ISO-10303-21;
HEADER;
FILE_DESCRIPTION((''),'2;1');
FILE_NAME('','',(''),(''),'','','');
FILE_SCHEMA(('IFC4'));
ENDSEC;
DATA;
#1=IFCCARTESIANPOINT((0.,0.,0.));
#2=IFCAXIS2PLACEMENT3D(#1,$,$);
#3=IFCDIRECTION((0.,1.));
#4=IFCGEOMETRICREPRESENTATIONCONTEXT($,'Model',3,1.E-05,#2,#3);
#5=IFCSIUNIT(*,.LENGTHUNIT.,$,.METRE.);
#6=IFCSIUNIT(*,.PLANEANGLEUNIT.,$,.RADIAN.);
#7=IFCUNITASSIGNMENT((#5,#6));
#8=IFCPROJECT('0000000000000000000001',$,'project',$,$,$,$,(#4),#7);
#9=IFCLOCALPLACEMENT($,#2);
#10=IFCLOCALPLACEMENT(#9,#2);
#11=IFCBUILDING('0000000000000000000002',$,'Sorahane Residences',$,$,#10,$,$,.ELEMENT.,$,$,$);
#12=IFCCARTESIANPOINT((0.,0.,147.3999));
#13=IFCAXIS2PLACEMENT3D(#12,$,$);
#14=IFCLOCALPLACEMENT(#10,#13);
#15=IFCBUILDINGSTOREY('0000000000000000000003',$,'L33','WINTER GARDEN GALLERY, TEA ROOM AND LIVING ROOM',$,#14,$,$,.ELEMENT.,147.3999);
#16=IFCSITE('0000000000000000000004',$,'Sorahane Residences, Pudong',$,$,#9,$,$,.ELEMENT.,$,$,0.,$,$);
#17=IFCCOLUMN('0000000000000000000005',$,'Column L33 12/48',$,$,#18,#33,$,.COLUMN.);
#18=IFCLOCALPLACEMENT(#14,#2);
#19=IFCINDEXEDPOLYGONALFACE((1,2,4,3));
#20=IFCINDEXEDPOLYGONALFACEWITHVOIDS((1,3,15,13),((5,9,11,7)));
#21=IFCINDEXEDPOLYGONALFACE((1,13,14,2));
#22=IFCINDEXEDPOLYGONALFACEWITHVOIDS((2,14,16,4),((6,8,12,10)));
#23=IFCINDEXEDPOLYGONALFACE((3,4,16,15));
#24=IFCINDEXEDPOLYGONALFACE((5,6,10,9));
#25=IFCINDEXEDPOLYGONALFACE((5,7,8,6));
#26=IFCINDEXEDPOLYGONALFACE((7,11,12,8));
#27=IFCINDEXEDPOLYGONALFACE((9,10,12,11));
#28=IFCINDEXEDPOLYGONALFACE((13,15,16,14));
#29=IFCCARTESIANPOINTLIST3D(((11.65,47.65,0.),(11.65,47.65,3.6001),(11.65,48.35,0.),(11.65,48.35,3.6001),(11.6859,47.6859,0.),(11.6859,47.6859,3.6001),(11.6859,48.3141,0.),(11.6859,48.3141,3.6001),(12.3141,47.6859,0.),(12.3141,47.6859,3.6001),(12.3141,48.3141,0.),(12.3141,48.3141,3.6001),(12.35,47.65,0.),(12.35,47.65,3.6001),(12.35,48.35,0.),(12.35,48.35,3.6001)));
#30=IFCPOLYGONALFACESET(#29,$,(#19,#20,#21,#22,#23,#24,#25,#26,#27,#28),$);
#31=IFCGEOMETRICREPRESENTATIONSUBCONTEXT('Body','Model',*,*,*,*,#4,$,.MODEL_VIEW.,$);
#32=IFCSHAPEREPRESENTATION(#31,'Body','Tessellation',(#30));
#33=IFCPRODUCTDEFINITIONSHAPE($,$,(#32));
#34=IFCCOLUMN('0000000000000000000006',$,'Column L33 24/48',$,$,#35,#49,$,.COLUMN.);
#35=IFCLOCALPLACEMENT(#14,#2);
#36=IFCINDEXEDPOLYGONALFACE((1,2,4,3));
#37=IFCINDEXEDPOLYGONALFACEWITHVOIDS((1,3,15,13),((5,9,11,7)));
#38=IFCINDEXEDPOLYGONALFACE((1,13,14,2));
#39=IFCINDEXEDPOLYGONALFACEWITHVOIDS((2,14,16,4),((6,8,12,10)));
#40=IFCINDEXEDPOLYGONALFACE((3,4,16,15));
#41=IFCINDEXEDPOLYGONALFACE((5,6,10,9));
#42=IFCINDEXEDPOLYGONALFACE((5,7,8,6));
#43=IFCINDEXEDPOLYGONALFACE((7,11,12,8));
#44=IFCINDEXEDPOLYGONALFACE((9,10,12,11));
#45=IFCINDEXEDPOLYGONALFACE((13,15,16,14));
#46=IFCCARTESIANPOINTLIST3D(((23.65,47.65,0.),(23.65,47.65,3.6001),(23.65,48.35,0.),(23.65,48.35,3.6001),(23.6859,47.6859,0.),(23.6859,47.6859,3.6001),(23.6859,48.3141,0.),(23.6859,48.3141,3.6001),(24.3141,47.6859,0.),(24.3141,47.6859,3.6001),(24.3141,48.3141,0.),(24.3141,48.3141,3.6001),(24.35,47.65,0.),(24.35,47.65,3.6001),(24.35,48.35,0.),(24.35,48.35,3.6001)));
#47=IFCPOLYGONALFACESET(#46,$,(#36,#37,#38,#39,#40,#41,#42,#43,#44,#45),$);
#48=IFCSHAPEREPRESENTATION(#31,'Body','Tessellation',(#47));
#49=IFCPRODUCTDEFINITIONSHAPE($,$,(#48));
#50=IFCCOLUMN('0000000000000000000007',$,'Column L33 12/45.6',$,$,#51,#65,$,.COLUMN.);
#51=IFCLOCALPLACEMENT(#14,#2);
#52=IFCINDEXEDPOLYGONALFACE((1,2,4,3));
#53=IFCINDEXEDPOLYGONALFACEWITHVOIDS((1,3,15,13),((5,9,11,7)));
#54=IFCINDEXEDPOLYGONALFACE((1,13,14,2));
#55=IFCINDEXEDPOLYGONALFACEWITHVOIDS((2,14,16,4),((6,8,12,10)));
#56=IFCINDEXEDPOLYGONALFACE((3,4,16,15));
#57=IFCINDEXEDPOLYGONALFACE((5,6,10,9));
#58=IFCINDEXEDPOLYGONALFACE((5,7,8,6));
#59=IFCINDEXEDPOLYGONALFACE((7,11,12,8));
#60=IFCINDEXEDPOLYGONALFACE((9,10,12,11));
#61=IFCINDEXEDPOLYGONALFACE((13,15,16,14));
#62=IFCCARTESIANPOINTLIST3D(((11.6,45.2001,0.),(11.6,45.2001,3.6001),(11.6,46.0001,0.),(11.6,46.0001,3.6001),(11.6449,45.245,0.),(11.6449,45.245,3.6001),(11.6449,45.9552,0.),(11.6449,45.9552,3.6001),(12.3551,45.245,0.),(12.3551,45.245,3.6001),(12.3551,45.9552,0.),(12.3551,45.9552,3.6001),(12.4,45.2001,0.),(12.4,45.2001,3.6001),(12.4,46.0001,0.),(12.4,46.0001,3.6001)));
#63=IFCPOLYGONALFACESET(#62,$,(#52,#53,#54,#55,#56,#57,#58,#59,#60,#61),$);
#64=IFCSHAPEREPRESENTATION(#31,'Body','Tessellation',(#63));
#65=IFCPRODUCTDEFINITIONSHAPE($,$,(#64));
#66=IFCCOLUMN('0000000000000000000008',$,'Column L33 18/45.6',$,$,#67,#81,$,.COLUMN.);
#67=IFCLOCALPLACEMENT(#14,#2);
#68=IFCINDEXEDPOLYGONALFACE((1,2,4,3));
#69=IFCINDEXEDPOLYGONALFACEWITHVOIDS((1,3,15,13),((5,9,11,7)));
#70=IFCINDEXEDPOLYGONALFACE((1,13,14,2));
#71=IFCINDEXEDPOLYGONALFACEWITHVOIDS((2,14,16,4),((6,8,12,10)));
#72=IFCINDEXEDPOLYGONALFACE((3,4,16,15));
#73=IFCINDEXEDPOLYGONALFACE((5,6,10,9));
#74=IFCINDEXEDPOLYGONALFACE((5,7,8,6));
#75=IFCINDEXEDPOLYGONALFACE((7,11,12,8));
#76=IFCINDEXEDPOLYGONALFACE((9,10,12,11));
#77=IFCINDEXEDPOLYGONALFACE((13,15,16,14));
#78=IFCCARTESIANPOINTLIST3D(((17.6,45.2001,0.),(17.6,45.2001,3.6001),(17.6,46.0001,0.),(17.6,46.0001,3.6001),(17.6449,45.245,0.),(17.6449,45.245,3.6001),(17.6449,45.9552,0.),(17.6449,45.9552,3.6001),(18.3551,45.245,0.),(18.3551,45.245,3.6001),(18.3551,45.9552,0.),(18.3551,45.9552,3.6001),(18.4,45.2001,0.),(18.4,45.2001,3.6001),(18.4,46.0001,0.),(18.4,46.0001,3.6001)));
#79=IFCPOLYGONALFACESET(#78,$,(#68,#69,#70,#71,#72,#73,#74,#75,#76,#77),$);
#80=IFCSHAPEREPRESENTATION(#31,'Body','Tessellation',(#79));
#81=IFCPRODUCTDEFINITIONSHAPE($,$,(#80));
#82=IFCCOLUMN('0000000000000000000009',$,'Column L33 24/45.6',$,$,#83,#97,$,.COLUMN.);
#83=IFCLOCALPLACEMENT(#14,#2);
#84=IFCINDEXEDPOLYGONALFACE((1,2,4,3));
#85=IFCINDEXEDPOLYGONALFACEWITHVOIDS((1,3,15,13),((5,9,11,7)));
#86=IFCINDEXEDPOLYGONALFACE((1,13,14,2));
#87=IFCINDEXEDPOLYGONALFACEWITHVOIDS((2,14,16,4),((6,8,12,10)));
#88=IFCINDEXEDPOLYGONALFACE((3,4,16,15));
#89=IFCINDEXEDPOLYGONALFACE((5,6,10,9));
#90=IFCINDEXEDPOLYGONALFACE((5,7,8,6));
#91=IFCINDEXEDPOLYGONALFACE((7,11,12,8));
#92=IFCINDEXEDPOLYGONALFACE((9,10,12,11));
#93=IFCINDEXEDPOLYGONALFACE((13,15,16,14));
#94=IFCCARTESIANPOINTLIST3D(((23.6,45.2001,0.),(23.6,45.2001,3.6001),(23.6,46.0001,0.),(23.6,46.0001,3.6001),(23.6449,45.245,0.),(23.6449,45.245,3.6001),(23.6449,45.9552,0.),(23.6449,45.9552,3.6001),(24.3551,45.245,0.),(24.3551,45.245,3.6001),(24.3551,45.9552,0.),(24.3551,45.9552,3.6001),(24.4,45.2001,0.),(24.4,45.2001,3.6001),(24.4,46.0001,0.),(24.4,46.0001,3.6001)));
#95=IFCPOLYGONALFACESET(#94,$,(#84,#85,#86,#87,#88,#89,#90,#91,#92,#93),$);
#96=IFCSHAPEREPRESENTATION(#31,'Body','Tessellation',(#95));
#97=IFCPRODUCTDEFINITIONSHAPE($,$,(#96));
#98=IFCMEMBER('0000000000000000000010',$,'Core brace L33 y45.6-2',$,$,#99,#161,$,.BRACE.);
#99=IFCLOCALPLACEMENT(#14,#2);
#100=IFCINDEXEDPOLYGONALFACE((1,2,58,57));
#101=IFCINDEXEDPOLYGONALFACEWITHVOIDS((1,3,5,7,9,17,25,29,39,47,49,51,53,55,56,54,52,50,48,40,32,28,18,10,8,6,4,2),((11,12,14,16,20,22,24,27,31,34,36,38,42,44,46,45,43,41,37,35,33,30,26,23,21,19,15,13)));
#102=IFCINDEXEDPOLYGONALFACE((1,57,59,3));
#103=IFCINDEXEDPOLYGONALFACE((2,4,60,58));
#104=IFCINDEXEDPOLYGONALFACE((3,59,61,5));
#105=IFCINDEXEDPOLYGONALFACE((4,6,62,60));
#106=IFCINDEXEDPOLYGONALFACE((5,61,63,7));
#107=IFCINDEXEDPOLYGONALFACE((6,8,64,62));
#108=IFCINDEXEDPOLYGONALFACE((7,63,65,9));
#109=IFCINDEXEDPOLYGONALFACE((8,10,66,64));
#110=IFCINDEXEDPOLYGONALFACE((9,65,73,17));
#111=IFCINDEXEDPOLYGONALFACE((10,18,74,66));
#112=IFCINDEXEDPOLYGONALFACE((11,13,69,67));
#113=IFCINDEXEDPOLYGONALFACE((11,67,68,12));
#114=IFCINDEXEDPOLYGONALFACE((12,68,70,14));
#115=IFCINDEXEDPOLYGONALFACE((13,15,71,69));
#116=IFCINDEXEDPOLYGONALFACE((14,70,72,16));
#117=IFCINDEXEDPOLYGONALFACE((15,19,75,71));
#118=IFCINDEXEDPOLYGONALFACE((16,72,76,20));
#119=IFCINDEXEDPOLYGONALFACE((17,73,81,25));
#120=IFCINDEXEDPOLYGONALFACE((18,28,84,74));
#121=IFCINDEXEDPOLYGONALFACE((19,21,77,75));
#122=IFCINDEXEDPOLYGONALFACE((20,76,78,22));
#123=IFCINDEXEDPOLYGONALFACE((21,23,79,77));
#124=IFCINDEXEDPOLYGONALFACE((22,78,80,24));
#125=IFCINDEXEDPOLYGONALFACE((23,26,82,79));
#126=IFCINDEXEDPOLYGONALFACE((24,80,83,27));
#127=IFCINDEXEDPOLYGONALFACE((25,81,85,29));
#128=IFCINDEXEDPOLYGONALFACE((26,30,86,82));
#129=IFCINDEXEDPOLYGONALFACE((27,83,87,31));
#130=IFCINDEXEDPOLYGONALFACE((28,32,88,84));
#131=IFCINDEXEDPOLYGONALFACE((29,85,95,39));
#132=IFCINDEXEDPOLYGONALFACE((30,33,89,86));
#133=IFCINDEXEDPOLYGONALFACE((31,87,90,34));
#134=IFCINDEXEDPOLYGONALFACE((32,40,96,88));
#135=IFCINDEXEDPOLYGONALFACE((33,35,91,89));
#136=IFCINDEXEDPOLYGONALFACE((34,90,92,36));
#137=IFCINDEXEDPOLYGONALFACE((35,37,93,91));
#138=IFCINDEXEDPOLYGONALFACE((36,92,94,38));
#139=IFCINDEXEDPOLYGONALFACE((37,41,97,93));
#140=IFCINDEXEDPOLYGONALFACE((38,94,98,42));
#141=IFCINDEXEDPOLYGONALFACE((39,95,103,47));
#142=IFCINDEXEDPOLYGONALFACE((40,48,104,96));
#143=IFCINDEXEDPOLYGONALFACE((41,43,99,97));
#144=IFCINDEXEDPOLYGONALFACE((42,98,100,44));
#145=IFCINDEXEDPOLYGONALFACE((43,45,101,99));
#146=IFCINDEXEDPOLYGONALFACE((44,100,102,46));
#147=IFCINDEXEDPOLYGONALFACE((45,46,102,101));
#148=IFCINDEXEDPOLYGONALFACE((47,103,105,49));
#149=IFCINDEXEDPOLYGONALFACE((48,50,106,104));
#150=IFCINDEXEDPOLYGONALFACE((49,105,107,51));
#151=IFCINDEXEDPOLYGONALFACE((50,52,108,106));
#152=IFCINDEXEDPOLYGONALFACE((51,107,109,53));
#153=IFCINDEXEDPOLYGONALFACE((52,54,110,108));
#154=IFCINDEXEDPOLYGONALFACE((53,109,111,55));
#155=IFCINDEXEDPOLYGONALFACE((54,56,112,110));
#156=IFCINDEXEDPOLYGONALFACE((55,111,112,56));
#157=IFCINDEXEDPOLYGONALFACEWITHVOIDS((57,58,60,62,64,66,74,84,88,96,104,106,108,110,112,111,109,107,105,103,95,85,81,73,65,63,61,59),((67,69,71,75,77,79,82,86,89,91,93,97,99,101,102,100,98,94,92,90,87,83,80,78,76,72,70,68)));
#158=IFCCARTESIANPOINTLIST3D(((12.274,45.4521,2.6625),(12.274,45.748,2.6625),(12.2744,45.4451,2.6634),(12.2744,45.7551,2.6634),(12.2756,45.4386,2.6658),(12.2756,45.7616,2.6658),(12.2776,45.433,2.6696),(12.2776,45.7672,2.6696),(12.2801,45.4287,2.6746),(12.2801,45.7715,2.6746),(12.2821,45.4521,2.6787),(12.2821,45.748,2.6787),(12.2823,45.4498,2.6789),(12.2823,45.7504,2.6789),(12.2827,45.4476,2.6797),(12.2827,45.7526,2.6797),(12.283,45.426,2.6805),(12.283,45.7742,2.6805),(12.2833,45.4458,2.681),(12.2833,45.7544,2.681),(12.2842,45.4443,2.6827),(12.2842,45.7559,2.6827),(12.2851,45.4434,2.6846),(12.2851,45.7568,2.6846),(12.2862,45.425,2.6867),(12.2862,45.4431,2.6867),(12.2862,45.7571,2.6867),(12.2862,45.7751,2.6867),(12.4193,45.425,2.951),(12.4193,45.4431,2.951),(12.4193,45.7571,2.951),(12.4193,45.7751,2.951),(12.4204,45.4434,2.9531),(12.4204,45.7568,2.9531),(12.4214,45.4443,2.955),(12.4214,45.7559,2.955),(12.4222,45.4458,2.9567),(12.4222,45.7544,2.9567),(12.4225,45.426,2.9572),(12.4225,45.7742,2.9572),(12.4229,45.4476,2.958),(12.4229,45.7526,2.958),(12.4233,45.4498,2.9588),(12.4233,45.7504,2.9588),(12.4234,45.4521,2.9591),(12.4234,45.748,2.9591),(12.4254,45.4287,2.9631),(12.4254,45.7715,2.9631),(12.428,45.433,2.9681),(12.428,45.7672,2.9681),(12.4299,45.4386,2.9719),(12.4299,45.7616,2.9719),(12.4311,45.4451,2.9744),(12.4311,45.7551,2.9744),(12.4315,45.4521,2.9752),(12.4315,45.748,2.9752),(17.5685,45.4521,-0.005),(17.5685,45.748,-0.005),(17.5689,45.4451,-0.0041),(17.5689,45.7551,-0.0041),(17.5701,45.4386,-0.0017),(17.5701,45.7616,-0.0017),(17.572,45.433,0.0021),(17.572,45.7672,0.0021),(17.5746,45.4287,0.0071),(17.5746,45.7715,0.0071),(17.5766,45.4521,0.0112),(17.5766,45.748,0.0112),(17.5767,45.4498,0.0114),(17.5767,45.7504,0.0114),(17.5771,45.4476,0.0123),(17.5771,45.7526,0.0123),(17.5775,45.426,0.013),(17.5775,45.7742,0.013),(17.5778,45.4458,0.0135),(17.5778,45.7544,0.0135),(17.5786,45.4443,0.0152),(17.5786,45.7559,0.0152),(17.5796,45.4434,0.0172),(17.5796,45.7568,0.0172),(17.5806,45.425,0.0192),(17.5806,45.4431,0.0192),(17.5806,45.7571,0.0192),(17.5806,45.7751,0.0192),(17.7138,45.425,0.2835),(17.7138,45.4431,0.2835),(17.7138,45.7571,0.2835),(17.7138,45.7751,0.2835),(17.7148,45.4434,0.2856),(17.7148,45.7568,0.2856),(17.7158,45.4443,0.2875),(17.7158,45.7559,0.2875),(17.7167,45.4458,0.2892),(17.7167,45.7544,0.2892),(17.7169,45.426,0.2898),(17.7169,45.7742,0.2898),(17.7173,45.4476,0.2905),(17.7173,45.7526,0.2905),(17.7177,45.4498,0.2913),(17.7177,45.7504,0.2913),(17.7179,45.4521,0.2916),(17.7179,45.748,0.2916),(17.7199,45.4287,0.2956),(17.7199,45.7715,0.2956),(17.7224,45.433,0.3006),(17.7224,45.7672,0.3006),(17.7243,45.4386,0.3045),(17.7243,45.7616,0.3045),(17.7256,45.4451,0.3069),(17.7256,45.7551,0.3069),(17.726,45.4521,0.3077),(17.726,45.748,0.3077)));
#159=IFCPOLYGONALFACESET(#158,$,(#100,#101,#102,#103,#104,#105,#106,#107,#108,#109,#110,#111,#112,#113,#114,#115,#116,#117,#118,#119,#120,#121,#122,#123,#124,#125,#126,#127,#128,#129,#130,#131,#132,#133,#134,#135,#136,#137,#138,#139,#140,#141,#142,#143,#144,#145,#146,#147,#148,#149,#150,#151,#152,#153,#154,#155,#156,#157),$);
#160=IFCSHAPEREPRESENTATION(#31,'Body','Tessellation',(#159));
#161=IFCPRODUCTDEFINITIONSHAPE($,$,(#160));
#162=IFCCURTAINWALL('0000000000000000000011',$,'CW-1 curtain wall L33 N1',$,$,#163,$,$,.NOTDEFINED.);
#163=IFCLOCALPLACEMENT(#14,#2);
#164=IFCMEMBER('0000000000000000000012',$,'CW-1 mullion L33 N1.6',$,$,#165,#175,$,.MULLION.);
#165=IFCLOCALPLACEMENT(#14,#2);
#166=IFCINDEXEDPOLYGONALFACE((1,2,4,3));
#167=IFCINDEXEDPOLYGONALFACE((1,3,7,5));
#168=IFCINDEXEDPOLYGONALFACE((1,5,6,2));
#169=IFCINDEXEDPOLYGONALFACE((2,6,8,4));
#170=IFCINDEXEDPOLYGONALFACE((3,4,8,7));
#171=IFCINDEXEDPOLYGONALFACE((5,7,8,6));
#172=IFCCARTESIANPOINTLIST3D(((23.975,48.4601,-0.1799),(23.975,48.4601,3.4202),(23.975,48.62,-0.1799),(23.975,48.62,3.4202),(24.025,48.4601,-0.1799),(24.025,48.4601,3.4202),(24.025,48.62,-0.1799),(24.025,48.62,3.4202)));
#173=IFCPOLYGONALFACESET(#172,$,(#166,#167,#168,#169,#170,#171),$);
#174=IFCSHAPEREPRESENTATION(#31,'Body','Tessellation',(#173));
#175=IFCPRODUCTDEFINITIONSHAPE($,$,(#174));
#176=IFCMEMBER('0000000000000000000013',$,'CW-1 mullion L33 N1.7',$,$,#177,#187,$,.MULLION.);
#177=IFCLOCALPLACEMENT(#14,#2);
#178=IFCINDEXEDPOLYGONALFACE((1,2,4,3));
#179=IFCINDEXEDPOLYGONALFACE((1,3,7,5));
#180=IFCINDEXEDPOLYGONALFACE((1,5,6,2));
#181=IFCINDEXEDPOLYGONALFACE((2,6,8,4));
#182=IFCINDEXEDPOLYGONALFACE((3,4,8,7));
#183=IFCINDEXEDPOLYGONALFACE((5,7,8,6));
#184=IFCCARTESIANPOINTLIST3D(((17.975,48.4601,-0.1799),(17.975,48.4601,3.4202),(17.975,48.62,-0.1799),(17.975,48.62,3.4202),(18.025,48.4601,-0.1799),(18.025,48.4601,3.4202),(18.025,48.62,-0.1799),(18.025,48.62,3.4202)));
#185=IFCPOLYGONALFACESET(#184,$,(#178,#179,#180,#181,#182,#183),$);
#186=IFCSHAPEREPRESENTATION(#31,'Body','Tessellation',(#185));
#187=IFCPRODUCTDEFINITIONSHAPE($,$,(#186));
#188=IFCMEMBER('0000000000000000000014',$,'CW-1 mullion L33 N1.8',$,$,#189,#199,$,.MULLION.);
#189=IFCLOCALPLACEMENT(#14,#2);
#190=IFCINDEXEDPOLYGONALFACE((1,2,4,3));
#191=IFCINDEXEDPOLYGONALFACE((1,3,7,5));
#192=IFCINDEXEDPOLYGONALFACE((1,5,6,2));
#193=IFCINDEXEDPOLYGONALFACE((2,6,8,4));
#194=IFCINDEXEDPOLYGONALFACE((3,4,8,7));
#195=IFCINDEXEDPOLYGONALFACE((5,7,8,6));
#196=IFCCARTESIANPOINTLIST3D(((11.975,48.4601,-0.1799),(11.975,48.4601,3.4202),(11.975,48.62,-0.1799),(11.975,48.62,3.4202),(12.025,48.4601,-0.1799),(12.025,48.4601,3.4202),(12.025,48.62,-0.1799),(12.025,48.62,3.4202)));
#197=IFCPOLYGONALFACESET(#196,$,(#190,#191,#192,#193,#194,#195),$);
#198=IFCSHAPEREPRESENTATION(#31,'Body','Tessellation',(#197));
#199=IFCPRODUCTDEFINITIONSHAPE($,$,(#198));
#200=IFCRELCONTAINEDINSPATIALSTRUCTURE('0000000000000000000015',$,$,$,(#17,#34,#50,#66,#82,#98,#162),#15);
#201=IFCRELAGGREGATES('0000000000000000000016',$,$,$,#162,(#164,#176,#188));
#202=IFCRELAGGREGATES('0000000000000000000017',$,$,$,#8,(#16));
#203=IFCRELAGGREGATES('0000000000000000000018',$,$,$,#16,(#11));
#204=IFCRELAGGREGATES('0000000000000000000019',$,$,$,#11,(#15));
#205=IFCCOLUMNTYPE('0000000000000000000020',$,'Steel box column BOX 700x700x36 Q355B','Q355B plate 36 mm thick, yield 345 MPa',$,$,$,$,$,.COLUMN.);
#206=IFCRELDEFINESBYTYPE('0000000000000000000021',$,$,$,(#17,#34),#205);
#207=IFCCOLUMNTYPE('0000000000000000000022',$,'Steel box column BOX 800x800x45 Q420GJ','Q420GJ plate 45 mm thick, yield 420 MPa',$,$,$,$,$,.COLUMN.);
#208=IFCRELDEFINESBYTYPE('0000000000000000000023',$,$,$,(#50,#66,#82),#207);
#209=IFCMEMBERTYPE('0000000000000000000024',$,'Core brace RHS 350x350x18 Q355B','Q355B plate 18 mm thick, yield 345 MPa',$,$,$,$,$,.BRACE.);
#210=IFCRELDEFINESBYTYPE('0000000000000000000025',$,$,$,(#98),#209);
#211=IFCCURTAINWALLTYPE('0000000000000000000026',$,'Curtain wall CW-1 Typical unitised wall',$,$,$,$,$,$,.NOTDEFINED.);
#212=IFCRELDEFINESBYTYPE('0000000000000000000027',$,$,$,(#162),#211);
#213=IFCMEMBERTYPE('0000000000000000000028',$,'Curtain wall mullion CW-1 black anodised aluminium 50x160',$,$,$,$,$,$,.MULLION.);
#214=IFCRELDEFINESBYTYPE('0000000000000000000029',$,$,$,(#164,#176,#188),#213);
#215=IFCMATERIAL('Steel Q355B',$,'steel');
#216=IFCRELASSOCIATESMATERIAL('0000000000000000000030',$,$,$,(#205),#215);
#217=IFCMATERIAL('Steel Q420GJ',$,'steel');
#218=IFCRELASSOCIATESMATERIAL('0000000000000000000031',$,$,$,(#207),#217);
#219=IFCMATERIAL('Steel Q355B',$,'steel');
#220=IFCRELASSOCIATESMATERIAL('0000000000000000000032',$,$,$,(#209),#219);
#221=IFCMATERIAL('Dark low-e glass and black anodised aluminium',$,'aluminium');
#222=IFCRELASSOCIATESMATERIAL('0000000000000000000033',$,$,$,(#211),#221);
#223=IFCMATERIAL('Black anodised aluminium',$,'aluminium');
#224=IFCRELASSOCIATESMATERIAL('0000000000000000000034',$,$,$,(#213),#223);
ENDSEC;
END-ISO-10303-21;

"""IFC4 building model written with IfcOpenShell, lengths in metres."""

from ifc_helpers import new_model, si_unit, direction, frame, origin, origin_2d, place, context, subcontext, project, spatial, rectangle, hollow_rectangle, extrude, material, material_profile, profile_set, type_object, element, aggregate, save


model = new_model("IFC4")

# Units and contexts
model_context = context("Model", 3, precision=1e-05, world=origin(), true_north=direction((0.0, 1.0)))
body_context = subcontext(model_context, "Body", "Model", "MODEL_VIEW")
ifc_project = project(units=[si_unit("LENGTHUNIT", "METRE"), si_unit("PLANEANGLEUNIT", "RADIAN")], contexts=[model_context])

# Site, building, storey
site_placement = place(None, origin())
site = spatial("IfcSite", under=ifc_project, at=site_placement, Name="Sorahane Residences, Pudong", CompositionType="ELEMENT", RefElevation=0.0)
building_placement = place(site_placement, origin())
building = spatial("IfcBuilding", under=site, at=building_placement, Name="Sorahane Residences", CompositionType="ELEMENT")
storey_placement = place(building_placement, frame((0.0, 0.0, 147.3999)))
storey = spatial("IfcBuildingStorey", under=building, at=storey_placement, Name="L33", Description="WINTER GARDEN GALLERY, TEA ROOM AND LIVING ROOM", CompositionType="ELEMENT", Elevation=147.3999)

# Columns
ifc_material_1 = material(Name="Steel Q355B", Category="steel")
ifc_material_profile_1 = material_profile(ifc_material_1, hollow_rectangle(XDim=0.7, YDim=0.7, WallThickness=0.0359, at=origin_2d()), Name="BOX 700x700x36")
ifc_profile_set_1 = profile_set([ifc_material_profile_1], Name="Steel Q355B")
column_type_1 = type_object("IfcColumnType", Name="Steel box column BOX 700x700x36 Q355B", Description="Q355B plate 36 mm thick, yield 345 MPa", PredefinedType="COLUMN", material=ifc_profile_set_1)
for number, where, z_axis, x_axis, name in (
    (1, (12.0, 48.0, 0.0), (0.0, 0.0, 1.0), (1.0, 0.0, 0.0), "Column L33 12/48"),
    (2, (24.0, 48.0, 0.0), (0.0, 0.0, 1.0), (1.0, 0.0, 0.0), "Column L33 24/48"),
):
    element("IfcColumn", number, at=place(storey_placement, frame(where, z_axis=z_axis, x_axis=x_axis)), inside=storey, type_object=column_type_1, Name=name, PredefinedType="COLUMN", context=body_context, shape_type="SweptSolid", body=[
        extrude(hollow_rectangle(XDim=0.7, YDim=0.7, WallThickness=0.0359, at=origin_2d()), origin(), (0.0, 0.0, 1.0), 3.6001),
    ])
ifc_material_2 = material(Name="Steel Q420GJ", Category="steel")
ifc_material_profile_2 = material_profile(ifc_material_2, hollow_rectangle(XDim=0.8, YDim=0.8, WallThickness=0.0449, at=origin_2d()), Name="BOX 800x800x45")
ifc_profile_set_2 = profile_set([ifc_material_profile_2], Name="Steel Q420GJ")
column_type_2 = type_object("IfcColumnType", Name="Steel box column BOX 800x800x45 Q420GJ", Description="Q420GJ plate 45 mm thick, yield 420 MPa", PredefinedType="COLUMN", material=ifc_profile_set_2)
for number, where, z_axis, x_axis, name in (
    (3, (12.0, 45.6001, 0.0), (0.0, 0.0, 1.0), (1.0, 0.0, 0.0), "Column L33 12/45.6"),
    (4, (18.0, 45.6001, 0.0), (0.0, 0.0, 1.0), (1.0, 0.0, 0.0), "Column L33 18/45.6"),
    (5, (24.0, 45.6001, 0.0), (0.0, 0.0, 1.0), (1.0, 0.0, 0.0), "Column L33 24/45.6"),
):
    element("IfcColumn", number, at=place(storey_placement, frame(where, z_axis=z_axis, x_axis=x_axis)), inside=storey, type_object=column_type_2, Name=name, PredefinedType="COLUMN", context=body_context, shape_type="SweptSolid", body=[
        extrude(hollow_rectangle(XDim=0.8, YDim=0.8, WallThickness=0.0449, at=origin_2d()), origin(), (0.0, 0.0, 1.0), 3.6001),
    ])

# Member
ifc_material_3 = material(Name="Steel Q355B", Category="steel")
ifc_material_profile_3 = material_profile(ifc_material_3, hollow_rectangle(XDim=0.3501, YDim=0.3501, WallThickness=0.0181, InnerFilletRadius=0.009, OuterFilletRadius=0.0271, at=origin_2d()), Name="RHS 350x350x18")
ifc_profile_set_3 = profile_set([ifc_material_profile_3], Name="Steel Q355B")
member_type_1 = type_object("IfcMemberType", Name="Core brace RHS 350x350x18 Q355B", Description="Q355B plate 18 mm thick, yield 345 MPa", PredefinedType="BRACE", material=ifc_profile_set_3)
member_1_placement = place(storey_placement, frame((17.6472, 45.6001, 0.1514), z_axis=(-0.893056, 0.0, 0.449946), x_axis=(0.0, -1.0, 0.0)))
element("IfcMember", 6, at=member_1_placement, inside=storey, type_object=member_type_1, Name="Core brace L33 y45.6-2", PredefinedType="BRACE", context=body_context, shape_type="SweptSolid", body=[
    extrude(hollow_rectangle(XDim=0.3501, YDim=0.3501, WallThickness=0.0181, InnerFilletRadius=0.009, OuterFilletRadius=0.0271, at=origin_2d()), origin(), (0.0, 0.0, 1.0), 5.9285),
])

# Curtain wall, members
ifc_material_4 = material(Name="Dark low-e glass and black anodised aluminium", Category="aluminium")
curtain_wall_type = type_object("IfcCurtainWallType", Name="Curtain wall CW-1 Typical unitised wall", PredefinedType="NOTDEFINED", material=ifc_material_4)
curtain_wall_placement = place(storey_placement, origin())
curtain_wall = element("IfcCurtainWall", 7, at=curtain_wall_placement, inside=storey, type_object=curtain_wall_type, Name="CW-1 curtain wall L33 N1", PredefinedType="NOTDEFINED")
ifc_material_5 = material(Name="Black anodised aluminium", Category="aluminium")
ifc_material_profile_4 = material_profile(ifc_material_5, rectangle(XDim=0.1599, YDim=0.05, at=origin_2d()), Name="Curtain wall mullion CW-1 black anodised aluminium 50x160")
ifc_profile_set_4 = profile_set([ifc_material_profile_4], Name="Black anodised aluminium")
member_type_2 = type_object("IfcMemberType", Name="Curtain wall mullion CW-1 black anodised aluminium 50x160", PredefinedType="MULLION", material=ifc_profile_set_4)
member_2_placement = place(storey_placement, frame((24.0, 48.54, -0.1799), z_axis=(0.0, 0.0, 1.0), x_axis=(0.0, 1.0, 0.0)))
member_2 = element("IfcMember", 8, at=member_2_placement, type_object=member_type_2, Name="CW-1 mullion L33 N1.6", PredefinedType="MULLION", context=body_context, shape_type="SweptSolid", body=[
    extrude(rectangle(XDim=0.1599, YDim=0.05, at=origin_2d()), origin(), (0.0, 0.0, 1.0), 3.6001),
])
member_3_placement = place(storey_placement, frame((18.0, 48.54, -0.1799), z_axis=(0.0, 0.0, 1.0), x_axis=(0.0, 1.0, 0.0)))
member_3 = element("IfcMember", 9, at=member_3_placement, type_object=member_type_2, Name="CW-1 mullion L33 N1.7", PredefinedType="MULLION", context=body_context, shape_type="SweptSolid", body=[
    extrude(rectangle(XDim=0.1599, YDim=0.05, at=origin_2d()), origin(), (0.0, 0.0, 1.0), 3.6001),
])
member_4_placement = place(storey_placement, frame((12.0, 48.54, -0.1799), z_axis=(0.0, 0.0, 1.0), x_axis=(0.0, 1.0, 0.0)))
member_4 = element("IfcMember", 10, at=member_4_placement, type_object=member_type_2, Name="CW-1 mullion L33 N1.8", PredefinedType="MULLION", context=body_context, shape_type="SweptSolid", body=[
    extrude(rectangle(XDim=0.1599, YDim=0.05, at=origin_2d()), origin(), (0.0, 0.0, 1.0), 3.6001),
])

aggregate(curtain_wall, [member_2, member_3, member_4])

save(model, "model.ifc")
